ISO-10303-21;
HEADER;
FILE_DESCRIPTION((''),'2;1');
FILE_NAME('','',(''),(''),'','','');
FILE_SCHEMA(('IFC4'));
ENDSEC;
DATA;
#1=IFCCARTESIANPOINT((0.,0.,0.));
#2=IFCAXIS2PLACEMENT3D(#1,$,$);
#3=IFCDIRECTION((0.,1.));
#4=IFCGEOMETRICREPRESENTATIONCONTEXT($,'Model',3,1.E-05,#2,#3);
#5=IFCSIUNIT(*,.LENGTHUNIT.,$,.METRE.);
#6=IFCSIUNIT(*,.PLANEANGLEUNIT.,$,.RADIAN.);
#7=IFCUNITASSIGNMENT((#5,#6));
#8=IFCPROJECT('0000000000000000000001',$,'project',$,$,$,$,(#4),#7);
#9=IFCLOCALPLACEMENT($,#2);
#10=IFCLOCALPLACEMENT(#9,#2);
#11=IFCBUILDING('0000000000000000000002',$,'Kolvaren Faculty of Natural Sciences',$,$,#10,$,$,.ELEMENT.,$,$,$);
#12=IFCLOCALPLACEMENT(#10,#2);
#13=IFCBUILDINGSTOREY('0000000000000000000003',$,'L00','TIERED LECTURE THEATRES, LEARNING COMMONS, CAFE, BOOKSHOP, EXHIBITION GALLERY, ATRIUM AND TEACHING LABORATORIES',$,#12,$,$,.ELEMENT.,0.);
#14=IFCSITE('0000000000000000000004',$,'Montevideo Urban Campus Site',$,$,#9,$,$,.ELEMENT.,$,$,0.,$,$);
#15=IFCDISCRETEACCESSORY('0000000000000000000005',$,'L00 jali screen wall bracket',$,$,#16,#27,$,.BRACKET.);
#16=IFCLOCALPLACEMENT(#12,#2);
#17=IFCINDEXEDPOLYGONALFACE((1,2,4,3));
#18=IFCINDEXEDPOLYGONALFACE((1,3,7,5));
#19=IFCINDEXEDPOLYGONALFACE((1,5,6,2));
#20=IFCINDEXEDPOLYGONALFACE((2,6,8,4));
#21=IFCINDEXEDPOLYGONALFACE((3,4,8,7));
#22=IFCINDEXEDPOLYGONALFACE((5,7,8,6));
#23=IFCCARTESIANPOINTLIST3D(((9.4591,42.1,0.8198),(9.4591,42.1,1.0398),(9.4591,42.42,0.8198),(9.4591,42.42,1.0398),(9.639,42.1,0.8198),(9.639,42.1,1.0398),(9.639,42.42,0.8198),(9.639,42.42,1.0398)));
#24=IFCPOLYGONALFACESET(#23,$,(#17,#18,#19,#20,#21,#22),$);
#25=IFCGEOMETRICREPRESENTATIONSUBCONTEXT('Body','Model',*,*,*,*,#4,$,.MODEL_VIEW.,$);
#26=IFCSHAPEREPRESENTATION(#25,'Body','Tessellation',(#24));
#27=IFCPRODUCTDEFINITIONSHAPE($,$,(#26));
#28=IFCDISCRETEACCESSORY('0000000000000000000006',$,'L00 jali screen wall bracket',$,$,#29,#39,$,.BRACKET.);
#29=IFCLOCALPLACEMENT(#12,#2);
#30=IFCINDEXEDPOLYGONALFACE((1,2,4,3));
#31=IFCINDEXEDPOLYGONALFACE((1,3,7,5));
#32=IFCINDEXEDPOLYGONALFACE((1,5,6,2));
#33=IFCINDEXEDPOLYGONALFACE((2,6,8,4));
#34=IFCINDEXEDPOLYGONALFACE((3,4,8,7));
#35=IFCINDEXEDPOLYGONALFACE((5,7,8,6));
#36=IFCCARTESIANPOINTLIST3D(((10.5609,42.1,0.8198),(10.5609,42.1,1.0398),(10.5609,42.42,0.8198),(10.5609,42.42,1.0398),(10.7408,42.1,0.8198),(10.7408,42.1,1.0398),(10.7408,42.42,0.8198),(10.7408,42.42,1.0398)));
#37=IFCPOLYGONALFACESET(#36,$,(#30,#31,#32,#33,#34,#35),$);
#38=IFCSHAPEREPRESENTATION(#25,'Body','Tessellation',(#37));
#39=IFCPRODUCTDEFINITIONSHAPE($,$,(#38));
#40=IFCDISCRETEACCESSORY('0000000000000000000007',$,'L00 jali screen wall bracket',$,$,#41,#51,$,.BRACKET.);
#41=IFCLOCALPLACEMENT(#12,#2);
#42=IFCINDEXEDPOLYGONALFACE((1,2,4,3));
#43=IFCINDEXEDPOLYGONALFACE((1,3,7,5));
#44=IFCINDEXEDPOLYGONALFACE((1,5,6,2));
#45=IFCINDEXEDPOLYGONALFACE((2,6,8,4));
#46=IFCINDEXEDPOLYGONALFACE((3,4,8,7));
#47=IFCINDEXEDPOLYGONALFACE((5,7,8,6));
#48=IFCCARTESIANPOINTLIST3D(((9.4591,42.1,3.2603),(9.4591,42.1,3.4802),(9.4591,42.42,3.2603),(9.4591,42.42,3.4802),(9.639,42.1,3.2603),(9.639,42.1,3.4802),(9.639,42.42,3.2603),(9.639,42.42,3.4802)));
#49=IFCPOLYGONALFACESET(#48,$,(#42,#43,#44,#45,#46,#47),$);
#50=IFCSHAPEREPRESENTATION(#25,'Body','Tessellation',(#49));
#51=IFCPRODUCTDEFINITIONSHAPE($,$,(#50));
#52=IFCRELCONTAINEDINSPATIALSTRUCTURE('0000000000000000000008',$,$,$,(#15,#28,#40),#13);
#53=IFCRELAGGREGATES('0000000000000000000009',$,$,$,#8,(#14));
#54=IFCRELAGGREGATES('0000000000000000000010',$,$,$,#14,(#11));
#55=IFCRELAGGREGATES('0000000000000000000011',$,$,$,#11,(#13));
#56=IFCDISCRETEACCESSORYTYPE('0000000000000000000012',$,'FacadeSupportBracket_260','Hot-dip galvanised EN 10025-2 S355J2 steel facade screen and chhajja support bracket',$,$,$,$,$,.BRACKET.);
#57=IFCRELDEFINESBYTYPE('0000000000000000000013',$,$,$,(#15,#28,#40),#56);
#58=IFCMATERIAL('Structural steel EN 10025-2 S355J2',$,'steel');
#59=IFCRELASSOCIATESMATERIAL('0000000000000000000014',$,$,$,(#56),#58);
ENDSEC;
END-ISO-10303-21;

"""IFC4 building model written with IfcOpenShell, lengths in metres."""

from ifc_helpers import new_model, si_unit, direction, frame, origin, origin_2d, place, context, subcontext, project, spatial, rectangle, extrude, material, type_object, element, save


model = new_model("IFC4")

# Units and contexts
model_context = context("Model", 3, precision=1e-05, world=origin(), true_north=direction((0.0, 1.0)))
body_context = subcontext(model_context, "Body", "Model", "MODEL_VIEW")
ifc_project = project(units=[si_unit("LENGTHUNIT", "METRE"), si_unit("PLANEANGLEUNIT", "RADIAN")], contexts=[model_context])

# Site, building, storey
site_placement = place(None, origin())
site = spatial("IfcSite", under=ifc_project, at=site_placement, Name="Montevideo Urban Campus Site", CompositionType="ELEMENT", RefElevation=0.0)
building_placement = place(site_placement, origin())
building = spatial("IfcBuilding", under=site, at=building_placement, Name="Kolvaren Faculty of Natural Sciences", CompositionType="ELEMENT")
storey_placement = place(building_placement, origin())
storey = spatial("IfcBuildingStorey", under=building, at=storey_placement, Name="L00", Description="TIERED LECTURE THEATRES, LEARNING COMMONS, CAFE, BOOKSHOP, EXHIBITION GALLERY, ATRIUM AND TEACHING LABORATORIES", CompositionType="ELEMENT", Elevation=0.0)

# Discrete accessories
ifc_material_1 = material(Name="Structural steel EN 10025-2 S355J2", Category="steel")
discrete_accessory_type = type_object("IfcDiscreteAccessoryType", Name="FacadeSupportBracket_260", Description="Hot-dip galvanised EN 10025-2 S355J2 steel facade screen and chhajja support bracket", PredefinedType="BRACKET", material=ifc_material_1)
for number, where, z_axis, x_axis, name in (
    (1, (9.5491, 42.26, 0.8198), (0.0, 0.0, 1.0), (1.0, 0.0, 0.0), "L00 jali screen wall bracket"),
    (2, (10.6509, 42.26, 0.8198), (0.0, 0.0, 1.0), (1.0, 0.0, 0.0), "L00 jali screen wall bracket"),
    (3, (9.5491, 42.26, 3.2603), (0.0, 0.0, 1.0), (1.0, 0.0, 0.0), "L00 jali screen wall bracket"),
):
    element("IfcDiscreteAccessory", number, at=place(storey_placement, frame(where, z_axis=z_axis, x_axis=x_axis)), inside=storey, type_object=discrete_accessory_type, Name=name, PredefinedType="BRACKET", context=body_context, shape_type="SweptSolid", body=[
        extrude(rectangle(XDim=0.1799, YDim=0.3201, at=origin_2d()), origin(), (0.0, 0.0, 1.0), 0.22),
    ])

save(model, "model.ifc")
